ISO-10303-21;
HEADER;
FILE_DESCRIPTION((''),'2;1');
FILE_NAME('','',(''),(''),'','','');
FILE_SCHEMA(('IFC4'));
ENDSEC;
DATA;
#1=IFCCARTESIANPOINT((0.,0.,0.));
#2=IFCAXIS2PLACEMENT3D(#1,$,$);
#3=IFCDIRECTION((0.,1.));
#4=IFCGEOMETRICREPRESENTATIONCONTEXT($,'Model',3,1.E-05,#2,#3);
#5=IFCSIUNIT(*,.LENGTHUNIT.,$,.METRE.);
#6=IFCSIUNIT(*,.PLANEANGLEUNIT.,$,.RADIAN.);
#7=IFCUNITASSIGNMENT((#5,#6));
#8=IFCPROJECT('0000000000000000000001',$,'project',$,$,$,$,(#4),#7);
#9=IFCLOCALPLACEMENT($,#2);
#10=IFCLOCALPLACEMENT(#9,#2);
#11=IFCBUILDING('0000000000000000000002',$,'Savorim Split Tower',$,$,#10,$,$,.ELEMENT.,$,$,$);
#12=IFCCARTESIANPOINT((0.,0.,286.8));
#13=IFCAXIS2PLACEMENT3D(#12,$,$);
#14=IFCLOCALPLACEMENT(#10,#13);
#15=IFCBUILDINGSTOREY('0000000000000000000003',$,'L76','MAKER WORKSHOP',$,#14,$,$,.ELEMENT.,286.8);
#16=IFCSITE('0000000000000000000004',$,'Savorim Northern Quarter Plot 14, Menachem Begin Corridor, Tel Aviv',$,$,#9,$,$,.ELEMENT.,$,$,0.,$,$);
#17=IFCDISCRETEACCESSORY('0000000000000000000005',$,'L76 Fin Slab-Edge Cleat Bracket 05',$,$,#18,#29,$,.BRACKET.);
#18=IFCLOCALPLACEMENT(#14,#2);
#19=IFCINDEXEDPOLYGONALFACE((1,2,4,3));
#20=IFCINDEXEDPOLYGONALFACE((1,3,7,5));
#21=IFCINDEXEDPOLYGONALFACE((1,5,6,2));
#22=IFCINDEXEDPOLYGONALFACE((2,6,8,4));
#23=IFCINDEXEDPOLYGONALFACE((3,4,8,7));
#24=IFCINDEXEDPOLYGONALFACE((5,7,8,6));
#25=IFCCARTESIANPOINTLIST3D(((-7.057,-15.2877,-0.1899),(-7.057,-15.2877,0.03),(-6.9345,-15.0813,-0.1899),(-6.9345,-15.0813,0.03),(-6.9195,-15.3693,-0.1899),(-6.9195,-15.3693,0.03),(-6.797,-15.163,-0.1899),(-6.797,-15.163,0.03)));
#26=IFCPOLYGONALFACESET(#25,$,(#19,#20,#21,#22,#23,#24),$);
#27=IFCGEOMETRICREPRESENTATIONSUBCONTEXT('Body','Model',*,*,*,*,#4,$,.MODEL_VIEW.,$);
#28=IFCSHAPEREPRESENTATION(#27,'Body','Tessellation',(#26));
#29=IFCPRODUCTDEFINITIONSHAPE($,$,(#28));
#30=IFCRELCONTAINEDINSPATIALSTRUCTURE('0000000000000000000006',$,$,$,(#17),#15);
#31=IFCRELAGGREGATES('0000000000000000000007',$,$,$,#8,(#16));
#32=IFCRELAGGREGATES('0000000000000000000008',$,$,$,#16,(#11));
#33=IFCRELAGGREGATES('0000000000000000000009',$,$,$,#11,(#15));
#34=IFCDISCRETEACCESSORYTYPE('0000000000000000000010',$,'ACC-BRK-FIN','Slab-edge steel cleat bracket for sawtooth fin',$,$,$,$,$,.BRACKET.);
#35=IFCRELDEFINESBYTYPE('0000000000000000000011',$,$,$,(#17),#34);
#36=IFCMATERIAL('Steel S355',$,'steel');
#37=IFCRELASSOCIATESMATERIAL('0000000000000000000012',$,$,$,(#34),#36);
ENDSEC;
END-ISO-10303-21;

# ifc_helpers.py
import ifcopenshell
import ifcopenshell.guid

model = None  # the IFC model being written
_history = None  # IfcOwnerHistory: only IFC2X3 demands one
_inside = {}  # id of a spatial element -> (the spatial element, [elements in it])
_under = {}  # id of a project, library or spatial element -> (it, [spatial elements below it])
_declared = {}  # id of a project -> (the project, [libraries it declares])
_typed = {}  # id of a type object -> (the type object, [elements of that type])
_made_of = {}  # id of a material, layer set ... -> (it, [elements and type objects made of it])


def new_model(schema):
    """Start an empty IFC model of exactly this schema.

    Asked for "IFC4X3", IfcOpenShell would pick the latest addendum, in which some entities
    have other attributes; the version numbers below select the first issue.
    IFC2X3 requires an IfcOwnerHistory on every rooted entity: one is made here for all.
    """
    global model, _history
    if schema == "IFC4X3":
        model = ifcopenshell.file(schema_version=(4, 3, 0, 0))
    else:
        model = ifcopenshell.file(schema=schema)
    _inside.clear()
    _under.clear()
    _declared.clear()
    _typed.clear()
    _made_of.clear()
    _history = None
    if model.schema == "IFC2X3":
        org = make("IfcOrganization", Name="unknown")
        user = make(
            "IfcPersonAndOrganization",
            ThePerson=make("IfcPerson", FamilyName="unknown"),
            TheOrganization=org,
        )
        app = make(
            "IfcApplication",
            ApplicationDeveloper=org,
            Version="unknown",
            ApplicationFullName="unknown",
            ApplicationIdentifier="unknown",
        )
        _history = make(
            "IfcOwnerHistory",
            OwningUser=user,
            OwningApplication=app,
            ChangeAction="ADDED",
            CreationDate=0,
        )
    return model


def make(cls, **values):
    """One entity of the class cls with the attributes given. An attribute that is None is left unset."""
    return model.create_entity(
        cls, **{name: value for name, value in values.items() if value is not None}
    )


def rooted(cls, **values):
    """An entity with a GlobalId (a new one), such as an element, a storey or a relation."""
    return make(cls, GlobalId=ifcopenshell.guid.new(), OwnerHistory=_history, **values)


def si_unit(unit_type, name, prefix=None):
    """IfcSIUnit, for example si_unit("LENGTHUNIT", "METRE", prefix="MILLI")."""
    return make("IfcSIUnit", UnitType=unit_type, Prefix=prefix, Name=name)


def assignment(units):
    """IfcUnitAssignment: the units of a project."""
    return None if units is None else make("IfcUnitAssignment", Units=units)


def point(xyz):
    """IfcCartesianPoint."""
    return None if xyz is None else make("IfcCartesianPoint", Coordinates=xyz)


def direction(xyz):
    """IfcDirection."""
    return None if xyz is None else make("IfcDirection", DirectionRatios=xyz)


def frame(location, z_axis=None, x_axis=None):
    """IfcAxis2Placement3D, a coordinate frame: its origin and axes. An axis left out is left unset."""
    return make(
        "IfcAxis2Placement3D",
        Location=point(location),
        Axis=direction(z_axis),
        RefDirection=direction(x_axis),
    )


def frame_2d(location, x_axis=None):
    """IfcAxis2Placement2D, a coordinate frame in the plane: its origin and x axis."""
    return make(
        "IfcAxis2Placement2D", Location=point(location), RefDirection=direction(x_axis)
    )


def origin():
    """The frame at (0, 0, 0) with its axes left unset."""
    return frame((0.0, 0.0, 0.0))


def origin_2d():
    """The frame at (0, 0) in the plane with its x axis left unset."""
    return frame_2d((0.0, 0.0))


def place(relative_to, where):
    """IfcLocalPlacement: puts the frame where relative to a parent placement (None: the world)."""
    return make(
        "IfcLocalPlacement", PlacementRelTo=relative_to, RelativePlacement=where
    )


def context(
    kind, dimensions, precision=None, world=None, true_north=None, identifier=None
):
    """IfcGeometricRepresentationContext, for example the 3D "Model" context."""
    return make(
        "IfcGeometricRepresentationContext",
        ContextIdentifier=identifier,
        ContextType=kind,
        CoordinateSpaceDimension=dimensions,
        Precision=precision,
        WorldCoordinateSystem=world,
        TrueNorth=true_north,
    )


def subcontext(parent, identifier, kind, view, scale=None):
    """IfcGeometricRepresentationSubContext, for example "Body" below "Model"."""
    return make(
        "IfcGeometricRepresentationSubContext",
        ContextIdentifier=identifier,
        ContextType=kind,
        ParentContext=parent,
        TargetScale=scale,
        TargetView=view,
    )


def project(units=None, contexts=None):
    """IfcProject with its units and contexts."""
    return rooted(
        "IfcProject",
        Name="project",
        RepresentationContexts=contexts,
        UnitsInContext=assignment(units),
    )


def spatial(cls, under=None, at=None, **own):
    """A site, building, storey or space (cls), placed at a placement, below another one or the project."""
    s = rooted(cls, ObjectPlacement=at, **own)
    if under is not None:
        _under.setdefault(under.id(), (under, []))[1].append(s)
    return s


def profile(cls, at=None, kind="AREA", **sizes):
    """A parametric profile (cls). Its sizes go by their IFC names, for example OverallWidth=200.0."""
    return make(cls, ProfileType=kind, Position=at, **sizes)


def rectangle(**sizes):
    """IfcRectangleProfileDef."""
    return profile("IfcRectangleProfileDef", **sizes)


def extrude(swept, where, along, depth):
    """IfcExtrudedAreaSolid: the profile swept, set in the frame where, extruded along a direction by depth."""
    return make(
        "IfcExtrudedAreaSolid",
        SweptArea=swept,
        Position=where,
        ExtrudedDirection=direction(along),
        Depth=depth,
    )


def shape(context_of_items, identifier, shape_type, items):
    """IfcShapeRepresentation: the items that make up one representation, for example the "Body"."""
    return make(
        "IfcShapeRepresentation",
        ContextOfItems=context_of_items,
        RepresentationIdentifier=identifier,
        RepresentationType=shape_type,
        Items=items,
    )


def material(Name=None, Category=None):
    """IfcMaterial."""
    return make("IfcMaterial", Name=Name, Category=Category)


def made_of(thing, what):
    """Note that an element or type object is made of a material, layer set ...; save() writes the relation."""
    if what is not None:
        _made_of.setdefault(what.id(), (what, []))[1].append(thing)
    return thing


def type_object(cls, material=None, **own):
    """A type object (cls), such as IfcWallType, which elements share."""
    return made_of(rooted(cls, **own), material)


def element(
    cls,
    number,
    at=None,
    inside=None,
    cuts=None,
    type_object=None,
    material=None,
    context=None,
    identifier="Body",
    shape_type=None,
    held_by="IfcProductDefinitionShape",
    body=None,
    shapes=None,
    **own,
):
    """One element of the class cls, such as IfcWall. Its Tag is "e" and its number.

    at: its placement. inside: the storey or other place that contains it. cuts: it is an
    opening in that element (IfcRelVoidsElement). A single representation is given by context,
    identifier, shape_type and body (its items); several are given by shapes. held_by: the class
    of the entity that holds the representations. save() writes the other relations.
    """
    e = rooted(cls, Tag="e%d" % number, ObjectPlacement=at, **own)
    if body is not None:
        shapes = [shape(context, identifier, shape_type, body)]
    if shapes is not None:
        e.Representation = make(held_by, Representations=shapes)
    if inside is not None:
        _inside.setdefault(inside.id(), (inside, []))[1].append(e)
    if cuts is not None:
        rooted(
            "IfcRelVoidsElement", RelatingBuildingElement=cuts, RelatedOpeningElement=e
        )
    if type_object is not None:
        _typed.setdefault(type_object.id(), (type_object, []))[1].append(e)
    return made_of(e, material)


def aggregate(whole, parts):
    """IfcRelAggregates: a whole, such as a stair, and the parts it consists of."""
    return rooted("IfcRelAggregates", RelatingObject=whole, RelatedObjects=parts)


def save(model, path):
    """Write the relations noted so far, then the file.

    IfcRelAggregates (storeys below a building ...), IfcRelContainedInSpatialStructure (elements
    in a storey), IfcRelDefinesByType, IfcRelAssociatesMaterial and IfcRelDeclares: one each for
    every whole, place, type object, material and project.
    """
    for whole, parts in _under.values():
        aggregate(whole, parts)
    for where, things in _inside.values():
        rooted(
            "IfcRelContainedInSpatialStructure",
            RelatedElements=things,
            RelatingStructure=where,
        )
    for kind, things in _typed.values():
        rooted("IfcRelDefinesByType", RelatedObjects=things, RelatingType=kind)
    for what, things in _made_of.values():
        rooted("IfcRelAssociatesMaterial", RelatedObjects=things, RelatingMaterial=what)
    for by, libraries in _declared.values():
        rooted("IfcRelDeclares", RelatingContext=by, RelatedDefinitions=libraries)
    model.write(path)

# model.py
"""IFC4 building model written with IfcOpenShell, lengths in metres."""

from ifc_helpers import new_model, si_unit, direction, frame, origin, origin_2d, place, context, subcontext, project, spatial, rectangle, extrude, material, type_object, element, save


model = new_model("IFC4")

# Units and contexts
model_context = context("Model", 3, precision=1e-05, world=origin(), true_north=direction((0.0, 1.0)))
body_context = subcontext(model_context, "Body", "Model", "MODEL_VIEW")
ifc_project = project(units=[si_unit("LENGTHUNIT", "METRE"), si_unit("PLANEANGLEUNIT", "RADIAN")], contexts=[model_context])

# Site, building, storey
site_placement = place(None, origin())
site = spatial("IfcSite", under=ifc_project, at=site_placement, Name="Savorim Northern Quarter Plot 14, Menachem Begin Corridor, Tel Aviv", CompositionType="ELEMENT", RefElevation=0.0)
building_placement = place(site_placement, origin())
building = spatial("IfcBuilding", under=site, at=building_placement, Name="Savorim Split Tower", CompositionType="ELEMENT")
storey_placement = place(building_placement, frame((0.0, 0.0, 286.8)))
storey = spatial("IfcBuildingStorey", under=building, at=storey_placement, Name="L76", Description="MAKER WORKSHOP", CompositionType="ELEMENT", Elevation=286.8)

# Shared definitions
ifc_material_1 = material(Name="Steel S355", Category="steel")

# Discrete accessory
discrete_accessory_type = type_object("IfcDiscreteAccessoryType", Name="ACC-BRK-FIN", Description="Slab-edge steel cleat bracket for sawtooth fin", PredefinedType="BRACKET", material=ifc_material_1)
discrete_accessory_placement = place(storey_placement, frame((-6.927, -15.2253, -0.1899), z_axis=(0.0, 0.0, 1.0), x_axis=(-0.510391, -0.859942, 0.0)))
element("IfcDiscreteAccessory", 1, at=discrete_accessory_placement, inside=storey, type_object=discrete_accessory_type, Name="L76 Fin Slab-Edge Cleat Bracket 05", PredefinedType="BRACKET", context=body_context, shape_type="SweptSolid", body=[
    extrude(rectangle(XDim=0.24, YDim=0.1599, at=origin_2d()), origin(), (0.0, 0.0, 1.0), 0.22),
])

save(model, "model.ifc")
